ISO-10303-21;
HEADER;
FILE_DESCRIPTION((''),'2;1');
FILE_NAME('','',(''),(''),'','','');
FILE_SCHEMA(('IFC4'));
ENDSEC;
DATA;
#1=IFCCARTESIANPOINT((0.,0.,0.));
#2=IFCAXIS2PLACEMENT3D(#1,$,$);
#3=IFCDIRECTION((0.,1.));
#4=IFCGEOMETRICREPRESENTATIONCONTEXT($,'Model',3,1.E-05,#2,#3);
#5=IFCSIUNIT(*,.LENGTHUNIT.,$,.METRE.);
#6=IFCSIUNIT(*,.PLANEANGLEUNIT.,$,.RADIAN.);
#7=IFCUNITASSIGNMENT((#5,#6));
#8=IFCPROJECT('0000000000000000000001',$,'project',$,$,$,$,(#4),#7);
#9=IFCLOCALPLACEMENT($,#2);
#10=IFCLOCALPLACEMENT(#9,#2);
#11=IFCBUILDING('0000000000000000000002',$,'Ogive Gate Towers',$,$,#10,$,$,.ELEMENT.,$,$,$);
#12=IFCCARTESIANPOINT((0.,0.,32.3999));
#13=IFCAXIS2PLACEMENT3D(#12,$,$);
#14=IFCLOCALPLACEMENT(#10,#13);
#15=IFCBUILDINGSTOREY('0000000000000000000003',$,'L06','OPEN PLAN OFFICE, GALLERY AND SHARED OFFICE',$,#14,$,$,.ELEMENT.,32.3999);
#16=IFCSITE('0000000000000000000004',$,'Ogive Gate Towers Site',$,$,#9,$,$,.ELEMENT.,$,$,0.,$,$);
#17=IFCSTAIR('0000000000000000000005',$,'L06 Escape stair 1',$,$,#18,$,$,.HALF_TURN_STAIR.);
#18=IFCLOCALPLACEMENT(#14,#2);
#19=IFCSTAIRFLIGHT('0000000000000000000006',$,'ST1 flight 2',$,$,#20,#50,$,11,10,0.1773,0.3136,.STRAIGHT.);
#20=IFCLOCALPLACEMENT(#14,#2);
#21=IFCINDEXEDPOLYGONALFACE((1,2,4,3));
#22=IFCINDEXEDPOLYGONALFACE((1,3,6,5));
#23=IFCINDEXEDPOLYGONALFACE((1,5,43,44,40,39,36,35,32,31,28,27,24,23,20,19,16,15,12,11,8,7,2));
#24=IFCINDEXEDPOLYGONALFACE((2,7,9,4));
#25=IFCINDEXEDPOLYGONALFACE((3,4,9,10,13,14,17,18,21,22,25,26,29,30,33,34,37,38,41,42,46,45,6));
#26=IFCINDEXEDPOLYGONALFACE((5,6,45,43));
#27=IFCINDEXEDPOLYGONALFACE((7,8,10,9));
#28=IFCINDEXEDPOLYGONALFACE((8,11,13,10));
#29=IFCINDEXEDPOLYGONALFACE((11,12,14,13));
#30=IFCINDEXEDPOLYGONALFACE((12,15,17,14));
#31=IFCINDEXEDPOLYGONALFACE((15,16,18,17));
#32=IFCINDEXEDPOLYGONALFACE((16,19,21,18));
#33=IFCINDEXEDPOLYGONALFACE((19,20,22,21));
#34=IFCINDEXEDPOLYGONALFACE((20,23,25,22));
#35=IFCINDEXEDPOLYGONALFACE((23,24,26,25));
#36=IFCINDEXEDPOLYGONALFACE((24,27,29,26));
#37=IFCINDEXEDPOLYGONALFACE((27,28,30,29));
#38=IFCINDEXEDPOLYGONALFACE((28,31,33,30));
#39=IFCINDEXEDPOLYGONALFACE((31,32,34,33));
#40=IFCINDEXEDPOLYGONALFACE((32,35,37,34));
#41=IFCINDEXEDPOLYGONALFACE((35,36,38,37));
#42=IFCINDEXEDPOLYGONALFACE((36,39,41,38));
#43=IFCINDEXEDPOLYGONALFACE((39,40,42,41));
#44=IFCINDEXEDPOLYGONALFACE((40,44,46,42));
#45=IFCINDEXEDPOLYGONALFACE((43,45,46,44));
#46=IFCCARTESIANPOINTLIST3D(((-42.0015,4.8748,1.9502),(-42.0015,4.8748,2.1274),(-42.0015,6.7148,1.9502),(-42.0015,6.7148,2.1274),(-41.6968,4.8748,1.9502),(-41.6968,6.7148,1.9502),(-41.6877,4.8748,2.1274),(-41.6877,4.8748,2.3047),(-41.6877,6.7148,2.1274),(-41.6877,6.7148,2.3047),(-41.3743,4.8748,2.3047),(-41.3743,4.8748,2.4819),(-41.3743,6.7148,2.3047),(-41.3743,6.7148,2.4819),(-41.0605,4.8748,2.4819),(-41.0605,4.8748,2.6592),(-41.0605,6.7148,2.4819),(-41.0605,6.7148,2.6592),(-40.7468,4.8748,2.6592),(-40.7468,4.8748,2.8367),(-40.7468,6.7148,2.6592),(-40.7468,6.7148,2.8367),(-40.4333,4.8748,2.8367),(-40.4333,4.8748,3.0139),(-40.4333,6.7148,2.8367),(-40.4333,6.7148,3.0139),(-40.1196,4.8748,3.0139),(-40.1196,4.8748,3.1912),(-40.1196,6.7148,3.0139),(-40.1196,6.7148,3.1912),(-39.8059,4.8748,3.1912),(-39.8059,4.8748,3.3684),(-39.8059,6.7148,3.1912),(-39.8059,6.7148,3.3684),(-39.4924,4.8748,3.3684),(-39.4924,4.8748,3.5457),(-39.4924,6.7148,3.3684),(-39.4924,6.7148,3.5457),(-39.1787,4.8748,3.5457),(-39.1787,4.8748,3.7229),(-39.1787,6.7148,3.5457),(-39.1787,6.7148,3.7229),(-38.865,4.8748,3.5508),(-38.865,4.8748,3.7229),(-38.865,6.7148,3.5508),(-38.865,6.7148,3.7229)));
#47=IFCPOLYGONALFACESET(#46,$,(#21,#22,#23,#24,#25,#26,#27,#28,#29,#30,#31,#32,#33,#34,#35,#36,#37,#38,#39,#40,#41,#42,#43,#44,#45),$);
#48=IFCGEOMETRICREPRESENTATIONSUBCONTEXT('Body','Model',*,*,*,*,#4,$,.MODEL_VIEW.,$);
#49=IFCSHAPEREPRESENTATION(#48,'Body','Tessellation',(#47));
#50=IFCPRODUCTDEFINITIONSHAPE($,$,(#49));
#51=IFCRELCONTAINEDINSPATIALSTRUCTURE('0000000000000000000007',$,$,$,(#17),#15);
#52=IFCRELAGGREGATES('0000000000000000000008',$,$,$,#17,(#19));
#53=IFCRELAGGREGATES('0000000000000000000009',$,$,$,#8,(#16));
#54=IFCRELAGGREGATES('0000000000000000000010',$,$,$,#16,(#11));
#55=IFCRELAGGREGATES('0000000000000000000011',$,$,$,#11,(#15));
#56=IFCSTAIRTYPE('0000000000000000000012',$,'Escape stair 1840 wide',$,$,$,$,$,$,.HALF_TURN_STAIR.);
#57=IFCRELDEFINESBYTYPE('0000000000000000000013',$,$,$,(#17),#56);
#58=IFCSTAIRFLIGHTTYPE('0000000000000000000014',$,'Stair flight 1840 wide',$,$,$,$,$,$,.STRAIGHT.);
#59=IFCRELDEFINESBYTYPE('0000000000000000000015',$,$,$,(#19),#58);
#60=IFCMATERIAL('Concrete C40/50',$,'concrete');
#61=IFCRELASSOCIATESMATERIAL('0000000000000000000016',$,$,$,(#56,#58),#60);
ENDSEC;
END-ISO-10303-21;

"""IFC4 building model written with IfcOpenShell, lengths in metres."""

from ifc_helpers import new_model, si_unit, direction, frame, origin, place, context, subcontext, project, spatial, polyline, outline, extrude, material, type_object, element, aggregate, save


model = new_model("IFC4")

# Units and contexts
model_context = context("Model", 3, precision=1e-05, world=origin(), true_north=direction((0.0, 1.0)))
body_context = subcontext(model_context, "Body", "Model", "MODEL_VIEW")
ifc_project = project(units=[si_unit("LENGTHUNIT", "METRE"), si_unit("PLANEANGLEUNIT", "RADIAN")], contexts=[model_context])

# Site, building, storey
site_placement = place(None, origin())
site = spatial("IfcSite", under=ifc_project, at=site_placement, Name="Ogive Gate Towers Site", CompositionType="ELEMENT", RefElevation=0.0)
building_placement = place(site_placement, origin())
building = spatial("IfcBuilding", under=site, at=building_placement, Name="Ogive Gate Towers", CompositionType="ELEMENT")
storey_placement = place(building_placement, frame((0.0, 0.0, 32.3999)))
storey = spatial("IfcBuildingStorey", under=building, at=storey_placement, Name="L06", Description="OPEN PLAN OFFICE, GALLERY AND SHARED OFFICE", CompositionType="ELEMENT", Elevation=32.3999)

# Stair, stair flight
ifc_material_1 = material(Name="Concrete C40/50", Category="concrete")
stair_type = type_object("IfcStairType", Name="Escape stair 1840 wide", PredefinedType="HALF_TURN_STAIR", material=ifc_material_1)
stair_placement = place(storey_placement, origin())
stair = element("IfcStair", 1, at=stair_placement, inside=storey, type_object=stair_type, Name="L06 Escape stair 1", PredefinedType="HALF_TURN_STAIR")
stair_flight_type = type_object("IfcStairFlightType", Name="Stair flight 1840 wide", PredefinedType="STRAIGHT", material=ifc_material_1)
stair_flight_1_placement = place(storey_placement, frame((-42.0015, 5.7949, 1.9502), z_axis=(0.0, 0.0, 1.0), x_axis=(1.0, 0.0, 0.0)))
stair_flight_1 = element("IfcStairFlight", 2, at=stair_flight_1_placement, type_object=stair_flight_type, Name="ST1 flight 2", NumberOfRisers=11, NumberOfTreads=10, PredefinedType="STRAIGHT", RiserHeight=0.1773, TreadLength=0.3136, context=body_context, shape_type="SweptSolid", body=[
    extrude(outline(polyline([(0.0, 0.0), (0.0, 0.1772), (0.3137, 0.1772), (0.3137, 0.3545), (0.6272, 0.3545), (0.6272, 0.5317), (0.9409, 0.5317), (0.9409, 0.709), (1.2546, 0.709), (1.2546, 0.8865), (1.5681, 0.8865), (1.5681, 1.0637), (1.8818, 1.0637), (1.8818, 1.241), (2.1956, 1.241), (2.1956, 1.4182), (2.509, 1.4182), (2.509, 1.5955), (2.8228, 1.5955), (2.8228, 1.7727), (3.1365, 1.7727), (3.1365, 1.95), (3.1365, 1.6006), (0.3047, 0.0), (0.0, 0.0)])), frame((0.0, 0.9199, 0.0), z_axis=(0.0, -1.0, 0.0), x_axis=(1.0, 0.0, 0.0)), (0.0, 0.0, 1.0), 1.8401),
])
aggregate(stair, [stair_flight_1])

save(model, "model.ifc")
